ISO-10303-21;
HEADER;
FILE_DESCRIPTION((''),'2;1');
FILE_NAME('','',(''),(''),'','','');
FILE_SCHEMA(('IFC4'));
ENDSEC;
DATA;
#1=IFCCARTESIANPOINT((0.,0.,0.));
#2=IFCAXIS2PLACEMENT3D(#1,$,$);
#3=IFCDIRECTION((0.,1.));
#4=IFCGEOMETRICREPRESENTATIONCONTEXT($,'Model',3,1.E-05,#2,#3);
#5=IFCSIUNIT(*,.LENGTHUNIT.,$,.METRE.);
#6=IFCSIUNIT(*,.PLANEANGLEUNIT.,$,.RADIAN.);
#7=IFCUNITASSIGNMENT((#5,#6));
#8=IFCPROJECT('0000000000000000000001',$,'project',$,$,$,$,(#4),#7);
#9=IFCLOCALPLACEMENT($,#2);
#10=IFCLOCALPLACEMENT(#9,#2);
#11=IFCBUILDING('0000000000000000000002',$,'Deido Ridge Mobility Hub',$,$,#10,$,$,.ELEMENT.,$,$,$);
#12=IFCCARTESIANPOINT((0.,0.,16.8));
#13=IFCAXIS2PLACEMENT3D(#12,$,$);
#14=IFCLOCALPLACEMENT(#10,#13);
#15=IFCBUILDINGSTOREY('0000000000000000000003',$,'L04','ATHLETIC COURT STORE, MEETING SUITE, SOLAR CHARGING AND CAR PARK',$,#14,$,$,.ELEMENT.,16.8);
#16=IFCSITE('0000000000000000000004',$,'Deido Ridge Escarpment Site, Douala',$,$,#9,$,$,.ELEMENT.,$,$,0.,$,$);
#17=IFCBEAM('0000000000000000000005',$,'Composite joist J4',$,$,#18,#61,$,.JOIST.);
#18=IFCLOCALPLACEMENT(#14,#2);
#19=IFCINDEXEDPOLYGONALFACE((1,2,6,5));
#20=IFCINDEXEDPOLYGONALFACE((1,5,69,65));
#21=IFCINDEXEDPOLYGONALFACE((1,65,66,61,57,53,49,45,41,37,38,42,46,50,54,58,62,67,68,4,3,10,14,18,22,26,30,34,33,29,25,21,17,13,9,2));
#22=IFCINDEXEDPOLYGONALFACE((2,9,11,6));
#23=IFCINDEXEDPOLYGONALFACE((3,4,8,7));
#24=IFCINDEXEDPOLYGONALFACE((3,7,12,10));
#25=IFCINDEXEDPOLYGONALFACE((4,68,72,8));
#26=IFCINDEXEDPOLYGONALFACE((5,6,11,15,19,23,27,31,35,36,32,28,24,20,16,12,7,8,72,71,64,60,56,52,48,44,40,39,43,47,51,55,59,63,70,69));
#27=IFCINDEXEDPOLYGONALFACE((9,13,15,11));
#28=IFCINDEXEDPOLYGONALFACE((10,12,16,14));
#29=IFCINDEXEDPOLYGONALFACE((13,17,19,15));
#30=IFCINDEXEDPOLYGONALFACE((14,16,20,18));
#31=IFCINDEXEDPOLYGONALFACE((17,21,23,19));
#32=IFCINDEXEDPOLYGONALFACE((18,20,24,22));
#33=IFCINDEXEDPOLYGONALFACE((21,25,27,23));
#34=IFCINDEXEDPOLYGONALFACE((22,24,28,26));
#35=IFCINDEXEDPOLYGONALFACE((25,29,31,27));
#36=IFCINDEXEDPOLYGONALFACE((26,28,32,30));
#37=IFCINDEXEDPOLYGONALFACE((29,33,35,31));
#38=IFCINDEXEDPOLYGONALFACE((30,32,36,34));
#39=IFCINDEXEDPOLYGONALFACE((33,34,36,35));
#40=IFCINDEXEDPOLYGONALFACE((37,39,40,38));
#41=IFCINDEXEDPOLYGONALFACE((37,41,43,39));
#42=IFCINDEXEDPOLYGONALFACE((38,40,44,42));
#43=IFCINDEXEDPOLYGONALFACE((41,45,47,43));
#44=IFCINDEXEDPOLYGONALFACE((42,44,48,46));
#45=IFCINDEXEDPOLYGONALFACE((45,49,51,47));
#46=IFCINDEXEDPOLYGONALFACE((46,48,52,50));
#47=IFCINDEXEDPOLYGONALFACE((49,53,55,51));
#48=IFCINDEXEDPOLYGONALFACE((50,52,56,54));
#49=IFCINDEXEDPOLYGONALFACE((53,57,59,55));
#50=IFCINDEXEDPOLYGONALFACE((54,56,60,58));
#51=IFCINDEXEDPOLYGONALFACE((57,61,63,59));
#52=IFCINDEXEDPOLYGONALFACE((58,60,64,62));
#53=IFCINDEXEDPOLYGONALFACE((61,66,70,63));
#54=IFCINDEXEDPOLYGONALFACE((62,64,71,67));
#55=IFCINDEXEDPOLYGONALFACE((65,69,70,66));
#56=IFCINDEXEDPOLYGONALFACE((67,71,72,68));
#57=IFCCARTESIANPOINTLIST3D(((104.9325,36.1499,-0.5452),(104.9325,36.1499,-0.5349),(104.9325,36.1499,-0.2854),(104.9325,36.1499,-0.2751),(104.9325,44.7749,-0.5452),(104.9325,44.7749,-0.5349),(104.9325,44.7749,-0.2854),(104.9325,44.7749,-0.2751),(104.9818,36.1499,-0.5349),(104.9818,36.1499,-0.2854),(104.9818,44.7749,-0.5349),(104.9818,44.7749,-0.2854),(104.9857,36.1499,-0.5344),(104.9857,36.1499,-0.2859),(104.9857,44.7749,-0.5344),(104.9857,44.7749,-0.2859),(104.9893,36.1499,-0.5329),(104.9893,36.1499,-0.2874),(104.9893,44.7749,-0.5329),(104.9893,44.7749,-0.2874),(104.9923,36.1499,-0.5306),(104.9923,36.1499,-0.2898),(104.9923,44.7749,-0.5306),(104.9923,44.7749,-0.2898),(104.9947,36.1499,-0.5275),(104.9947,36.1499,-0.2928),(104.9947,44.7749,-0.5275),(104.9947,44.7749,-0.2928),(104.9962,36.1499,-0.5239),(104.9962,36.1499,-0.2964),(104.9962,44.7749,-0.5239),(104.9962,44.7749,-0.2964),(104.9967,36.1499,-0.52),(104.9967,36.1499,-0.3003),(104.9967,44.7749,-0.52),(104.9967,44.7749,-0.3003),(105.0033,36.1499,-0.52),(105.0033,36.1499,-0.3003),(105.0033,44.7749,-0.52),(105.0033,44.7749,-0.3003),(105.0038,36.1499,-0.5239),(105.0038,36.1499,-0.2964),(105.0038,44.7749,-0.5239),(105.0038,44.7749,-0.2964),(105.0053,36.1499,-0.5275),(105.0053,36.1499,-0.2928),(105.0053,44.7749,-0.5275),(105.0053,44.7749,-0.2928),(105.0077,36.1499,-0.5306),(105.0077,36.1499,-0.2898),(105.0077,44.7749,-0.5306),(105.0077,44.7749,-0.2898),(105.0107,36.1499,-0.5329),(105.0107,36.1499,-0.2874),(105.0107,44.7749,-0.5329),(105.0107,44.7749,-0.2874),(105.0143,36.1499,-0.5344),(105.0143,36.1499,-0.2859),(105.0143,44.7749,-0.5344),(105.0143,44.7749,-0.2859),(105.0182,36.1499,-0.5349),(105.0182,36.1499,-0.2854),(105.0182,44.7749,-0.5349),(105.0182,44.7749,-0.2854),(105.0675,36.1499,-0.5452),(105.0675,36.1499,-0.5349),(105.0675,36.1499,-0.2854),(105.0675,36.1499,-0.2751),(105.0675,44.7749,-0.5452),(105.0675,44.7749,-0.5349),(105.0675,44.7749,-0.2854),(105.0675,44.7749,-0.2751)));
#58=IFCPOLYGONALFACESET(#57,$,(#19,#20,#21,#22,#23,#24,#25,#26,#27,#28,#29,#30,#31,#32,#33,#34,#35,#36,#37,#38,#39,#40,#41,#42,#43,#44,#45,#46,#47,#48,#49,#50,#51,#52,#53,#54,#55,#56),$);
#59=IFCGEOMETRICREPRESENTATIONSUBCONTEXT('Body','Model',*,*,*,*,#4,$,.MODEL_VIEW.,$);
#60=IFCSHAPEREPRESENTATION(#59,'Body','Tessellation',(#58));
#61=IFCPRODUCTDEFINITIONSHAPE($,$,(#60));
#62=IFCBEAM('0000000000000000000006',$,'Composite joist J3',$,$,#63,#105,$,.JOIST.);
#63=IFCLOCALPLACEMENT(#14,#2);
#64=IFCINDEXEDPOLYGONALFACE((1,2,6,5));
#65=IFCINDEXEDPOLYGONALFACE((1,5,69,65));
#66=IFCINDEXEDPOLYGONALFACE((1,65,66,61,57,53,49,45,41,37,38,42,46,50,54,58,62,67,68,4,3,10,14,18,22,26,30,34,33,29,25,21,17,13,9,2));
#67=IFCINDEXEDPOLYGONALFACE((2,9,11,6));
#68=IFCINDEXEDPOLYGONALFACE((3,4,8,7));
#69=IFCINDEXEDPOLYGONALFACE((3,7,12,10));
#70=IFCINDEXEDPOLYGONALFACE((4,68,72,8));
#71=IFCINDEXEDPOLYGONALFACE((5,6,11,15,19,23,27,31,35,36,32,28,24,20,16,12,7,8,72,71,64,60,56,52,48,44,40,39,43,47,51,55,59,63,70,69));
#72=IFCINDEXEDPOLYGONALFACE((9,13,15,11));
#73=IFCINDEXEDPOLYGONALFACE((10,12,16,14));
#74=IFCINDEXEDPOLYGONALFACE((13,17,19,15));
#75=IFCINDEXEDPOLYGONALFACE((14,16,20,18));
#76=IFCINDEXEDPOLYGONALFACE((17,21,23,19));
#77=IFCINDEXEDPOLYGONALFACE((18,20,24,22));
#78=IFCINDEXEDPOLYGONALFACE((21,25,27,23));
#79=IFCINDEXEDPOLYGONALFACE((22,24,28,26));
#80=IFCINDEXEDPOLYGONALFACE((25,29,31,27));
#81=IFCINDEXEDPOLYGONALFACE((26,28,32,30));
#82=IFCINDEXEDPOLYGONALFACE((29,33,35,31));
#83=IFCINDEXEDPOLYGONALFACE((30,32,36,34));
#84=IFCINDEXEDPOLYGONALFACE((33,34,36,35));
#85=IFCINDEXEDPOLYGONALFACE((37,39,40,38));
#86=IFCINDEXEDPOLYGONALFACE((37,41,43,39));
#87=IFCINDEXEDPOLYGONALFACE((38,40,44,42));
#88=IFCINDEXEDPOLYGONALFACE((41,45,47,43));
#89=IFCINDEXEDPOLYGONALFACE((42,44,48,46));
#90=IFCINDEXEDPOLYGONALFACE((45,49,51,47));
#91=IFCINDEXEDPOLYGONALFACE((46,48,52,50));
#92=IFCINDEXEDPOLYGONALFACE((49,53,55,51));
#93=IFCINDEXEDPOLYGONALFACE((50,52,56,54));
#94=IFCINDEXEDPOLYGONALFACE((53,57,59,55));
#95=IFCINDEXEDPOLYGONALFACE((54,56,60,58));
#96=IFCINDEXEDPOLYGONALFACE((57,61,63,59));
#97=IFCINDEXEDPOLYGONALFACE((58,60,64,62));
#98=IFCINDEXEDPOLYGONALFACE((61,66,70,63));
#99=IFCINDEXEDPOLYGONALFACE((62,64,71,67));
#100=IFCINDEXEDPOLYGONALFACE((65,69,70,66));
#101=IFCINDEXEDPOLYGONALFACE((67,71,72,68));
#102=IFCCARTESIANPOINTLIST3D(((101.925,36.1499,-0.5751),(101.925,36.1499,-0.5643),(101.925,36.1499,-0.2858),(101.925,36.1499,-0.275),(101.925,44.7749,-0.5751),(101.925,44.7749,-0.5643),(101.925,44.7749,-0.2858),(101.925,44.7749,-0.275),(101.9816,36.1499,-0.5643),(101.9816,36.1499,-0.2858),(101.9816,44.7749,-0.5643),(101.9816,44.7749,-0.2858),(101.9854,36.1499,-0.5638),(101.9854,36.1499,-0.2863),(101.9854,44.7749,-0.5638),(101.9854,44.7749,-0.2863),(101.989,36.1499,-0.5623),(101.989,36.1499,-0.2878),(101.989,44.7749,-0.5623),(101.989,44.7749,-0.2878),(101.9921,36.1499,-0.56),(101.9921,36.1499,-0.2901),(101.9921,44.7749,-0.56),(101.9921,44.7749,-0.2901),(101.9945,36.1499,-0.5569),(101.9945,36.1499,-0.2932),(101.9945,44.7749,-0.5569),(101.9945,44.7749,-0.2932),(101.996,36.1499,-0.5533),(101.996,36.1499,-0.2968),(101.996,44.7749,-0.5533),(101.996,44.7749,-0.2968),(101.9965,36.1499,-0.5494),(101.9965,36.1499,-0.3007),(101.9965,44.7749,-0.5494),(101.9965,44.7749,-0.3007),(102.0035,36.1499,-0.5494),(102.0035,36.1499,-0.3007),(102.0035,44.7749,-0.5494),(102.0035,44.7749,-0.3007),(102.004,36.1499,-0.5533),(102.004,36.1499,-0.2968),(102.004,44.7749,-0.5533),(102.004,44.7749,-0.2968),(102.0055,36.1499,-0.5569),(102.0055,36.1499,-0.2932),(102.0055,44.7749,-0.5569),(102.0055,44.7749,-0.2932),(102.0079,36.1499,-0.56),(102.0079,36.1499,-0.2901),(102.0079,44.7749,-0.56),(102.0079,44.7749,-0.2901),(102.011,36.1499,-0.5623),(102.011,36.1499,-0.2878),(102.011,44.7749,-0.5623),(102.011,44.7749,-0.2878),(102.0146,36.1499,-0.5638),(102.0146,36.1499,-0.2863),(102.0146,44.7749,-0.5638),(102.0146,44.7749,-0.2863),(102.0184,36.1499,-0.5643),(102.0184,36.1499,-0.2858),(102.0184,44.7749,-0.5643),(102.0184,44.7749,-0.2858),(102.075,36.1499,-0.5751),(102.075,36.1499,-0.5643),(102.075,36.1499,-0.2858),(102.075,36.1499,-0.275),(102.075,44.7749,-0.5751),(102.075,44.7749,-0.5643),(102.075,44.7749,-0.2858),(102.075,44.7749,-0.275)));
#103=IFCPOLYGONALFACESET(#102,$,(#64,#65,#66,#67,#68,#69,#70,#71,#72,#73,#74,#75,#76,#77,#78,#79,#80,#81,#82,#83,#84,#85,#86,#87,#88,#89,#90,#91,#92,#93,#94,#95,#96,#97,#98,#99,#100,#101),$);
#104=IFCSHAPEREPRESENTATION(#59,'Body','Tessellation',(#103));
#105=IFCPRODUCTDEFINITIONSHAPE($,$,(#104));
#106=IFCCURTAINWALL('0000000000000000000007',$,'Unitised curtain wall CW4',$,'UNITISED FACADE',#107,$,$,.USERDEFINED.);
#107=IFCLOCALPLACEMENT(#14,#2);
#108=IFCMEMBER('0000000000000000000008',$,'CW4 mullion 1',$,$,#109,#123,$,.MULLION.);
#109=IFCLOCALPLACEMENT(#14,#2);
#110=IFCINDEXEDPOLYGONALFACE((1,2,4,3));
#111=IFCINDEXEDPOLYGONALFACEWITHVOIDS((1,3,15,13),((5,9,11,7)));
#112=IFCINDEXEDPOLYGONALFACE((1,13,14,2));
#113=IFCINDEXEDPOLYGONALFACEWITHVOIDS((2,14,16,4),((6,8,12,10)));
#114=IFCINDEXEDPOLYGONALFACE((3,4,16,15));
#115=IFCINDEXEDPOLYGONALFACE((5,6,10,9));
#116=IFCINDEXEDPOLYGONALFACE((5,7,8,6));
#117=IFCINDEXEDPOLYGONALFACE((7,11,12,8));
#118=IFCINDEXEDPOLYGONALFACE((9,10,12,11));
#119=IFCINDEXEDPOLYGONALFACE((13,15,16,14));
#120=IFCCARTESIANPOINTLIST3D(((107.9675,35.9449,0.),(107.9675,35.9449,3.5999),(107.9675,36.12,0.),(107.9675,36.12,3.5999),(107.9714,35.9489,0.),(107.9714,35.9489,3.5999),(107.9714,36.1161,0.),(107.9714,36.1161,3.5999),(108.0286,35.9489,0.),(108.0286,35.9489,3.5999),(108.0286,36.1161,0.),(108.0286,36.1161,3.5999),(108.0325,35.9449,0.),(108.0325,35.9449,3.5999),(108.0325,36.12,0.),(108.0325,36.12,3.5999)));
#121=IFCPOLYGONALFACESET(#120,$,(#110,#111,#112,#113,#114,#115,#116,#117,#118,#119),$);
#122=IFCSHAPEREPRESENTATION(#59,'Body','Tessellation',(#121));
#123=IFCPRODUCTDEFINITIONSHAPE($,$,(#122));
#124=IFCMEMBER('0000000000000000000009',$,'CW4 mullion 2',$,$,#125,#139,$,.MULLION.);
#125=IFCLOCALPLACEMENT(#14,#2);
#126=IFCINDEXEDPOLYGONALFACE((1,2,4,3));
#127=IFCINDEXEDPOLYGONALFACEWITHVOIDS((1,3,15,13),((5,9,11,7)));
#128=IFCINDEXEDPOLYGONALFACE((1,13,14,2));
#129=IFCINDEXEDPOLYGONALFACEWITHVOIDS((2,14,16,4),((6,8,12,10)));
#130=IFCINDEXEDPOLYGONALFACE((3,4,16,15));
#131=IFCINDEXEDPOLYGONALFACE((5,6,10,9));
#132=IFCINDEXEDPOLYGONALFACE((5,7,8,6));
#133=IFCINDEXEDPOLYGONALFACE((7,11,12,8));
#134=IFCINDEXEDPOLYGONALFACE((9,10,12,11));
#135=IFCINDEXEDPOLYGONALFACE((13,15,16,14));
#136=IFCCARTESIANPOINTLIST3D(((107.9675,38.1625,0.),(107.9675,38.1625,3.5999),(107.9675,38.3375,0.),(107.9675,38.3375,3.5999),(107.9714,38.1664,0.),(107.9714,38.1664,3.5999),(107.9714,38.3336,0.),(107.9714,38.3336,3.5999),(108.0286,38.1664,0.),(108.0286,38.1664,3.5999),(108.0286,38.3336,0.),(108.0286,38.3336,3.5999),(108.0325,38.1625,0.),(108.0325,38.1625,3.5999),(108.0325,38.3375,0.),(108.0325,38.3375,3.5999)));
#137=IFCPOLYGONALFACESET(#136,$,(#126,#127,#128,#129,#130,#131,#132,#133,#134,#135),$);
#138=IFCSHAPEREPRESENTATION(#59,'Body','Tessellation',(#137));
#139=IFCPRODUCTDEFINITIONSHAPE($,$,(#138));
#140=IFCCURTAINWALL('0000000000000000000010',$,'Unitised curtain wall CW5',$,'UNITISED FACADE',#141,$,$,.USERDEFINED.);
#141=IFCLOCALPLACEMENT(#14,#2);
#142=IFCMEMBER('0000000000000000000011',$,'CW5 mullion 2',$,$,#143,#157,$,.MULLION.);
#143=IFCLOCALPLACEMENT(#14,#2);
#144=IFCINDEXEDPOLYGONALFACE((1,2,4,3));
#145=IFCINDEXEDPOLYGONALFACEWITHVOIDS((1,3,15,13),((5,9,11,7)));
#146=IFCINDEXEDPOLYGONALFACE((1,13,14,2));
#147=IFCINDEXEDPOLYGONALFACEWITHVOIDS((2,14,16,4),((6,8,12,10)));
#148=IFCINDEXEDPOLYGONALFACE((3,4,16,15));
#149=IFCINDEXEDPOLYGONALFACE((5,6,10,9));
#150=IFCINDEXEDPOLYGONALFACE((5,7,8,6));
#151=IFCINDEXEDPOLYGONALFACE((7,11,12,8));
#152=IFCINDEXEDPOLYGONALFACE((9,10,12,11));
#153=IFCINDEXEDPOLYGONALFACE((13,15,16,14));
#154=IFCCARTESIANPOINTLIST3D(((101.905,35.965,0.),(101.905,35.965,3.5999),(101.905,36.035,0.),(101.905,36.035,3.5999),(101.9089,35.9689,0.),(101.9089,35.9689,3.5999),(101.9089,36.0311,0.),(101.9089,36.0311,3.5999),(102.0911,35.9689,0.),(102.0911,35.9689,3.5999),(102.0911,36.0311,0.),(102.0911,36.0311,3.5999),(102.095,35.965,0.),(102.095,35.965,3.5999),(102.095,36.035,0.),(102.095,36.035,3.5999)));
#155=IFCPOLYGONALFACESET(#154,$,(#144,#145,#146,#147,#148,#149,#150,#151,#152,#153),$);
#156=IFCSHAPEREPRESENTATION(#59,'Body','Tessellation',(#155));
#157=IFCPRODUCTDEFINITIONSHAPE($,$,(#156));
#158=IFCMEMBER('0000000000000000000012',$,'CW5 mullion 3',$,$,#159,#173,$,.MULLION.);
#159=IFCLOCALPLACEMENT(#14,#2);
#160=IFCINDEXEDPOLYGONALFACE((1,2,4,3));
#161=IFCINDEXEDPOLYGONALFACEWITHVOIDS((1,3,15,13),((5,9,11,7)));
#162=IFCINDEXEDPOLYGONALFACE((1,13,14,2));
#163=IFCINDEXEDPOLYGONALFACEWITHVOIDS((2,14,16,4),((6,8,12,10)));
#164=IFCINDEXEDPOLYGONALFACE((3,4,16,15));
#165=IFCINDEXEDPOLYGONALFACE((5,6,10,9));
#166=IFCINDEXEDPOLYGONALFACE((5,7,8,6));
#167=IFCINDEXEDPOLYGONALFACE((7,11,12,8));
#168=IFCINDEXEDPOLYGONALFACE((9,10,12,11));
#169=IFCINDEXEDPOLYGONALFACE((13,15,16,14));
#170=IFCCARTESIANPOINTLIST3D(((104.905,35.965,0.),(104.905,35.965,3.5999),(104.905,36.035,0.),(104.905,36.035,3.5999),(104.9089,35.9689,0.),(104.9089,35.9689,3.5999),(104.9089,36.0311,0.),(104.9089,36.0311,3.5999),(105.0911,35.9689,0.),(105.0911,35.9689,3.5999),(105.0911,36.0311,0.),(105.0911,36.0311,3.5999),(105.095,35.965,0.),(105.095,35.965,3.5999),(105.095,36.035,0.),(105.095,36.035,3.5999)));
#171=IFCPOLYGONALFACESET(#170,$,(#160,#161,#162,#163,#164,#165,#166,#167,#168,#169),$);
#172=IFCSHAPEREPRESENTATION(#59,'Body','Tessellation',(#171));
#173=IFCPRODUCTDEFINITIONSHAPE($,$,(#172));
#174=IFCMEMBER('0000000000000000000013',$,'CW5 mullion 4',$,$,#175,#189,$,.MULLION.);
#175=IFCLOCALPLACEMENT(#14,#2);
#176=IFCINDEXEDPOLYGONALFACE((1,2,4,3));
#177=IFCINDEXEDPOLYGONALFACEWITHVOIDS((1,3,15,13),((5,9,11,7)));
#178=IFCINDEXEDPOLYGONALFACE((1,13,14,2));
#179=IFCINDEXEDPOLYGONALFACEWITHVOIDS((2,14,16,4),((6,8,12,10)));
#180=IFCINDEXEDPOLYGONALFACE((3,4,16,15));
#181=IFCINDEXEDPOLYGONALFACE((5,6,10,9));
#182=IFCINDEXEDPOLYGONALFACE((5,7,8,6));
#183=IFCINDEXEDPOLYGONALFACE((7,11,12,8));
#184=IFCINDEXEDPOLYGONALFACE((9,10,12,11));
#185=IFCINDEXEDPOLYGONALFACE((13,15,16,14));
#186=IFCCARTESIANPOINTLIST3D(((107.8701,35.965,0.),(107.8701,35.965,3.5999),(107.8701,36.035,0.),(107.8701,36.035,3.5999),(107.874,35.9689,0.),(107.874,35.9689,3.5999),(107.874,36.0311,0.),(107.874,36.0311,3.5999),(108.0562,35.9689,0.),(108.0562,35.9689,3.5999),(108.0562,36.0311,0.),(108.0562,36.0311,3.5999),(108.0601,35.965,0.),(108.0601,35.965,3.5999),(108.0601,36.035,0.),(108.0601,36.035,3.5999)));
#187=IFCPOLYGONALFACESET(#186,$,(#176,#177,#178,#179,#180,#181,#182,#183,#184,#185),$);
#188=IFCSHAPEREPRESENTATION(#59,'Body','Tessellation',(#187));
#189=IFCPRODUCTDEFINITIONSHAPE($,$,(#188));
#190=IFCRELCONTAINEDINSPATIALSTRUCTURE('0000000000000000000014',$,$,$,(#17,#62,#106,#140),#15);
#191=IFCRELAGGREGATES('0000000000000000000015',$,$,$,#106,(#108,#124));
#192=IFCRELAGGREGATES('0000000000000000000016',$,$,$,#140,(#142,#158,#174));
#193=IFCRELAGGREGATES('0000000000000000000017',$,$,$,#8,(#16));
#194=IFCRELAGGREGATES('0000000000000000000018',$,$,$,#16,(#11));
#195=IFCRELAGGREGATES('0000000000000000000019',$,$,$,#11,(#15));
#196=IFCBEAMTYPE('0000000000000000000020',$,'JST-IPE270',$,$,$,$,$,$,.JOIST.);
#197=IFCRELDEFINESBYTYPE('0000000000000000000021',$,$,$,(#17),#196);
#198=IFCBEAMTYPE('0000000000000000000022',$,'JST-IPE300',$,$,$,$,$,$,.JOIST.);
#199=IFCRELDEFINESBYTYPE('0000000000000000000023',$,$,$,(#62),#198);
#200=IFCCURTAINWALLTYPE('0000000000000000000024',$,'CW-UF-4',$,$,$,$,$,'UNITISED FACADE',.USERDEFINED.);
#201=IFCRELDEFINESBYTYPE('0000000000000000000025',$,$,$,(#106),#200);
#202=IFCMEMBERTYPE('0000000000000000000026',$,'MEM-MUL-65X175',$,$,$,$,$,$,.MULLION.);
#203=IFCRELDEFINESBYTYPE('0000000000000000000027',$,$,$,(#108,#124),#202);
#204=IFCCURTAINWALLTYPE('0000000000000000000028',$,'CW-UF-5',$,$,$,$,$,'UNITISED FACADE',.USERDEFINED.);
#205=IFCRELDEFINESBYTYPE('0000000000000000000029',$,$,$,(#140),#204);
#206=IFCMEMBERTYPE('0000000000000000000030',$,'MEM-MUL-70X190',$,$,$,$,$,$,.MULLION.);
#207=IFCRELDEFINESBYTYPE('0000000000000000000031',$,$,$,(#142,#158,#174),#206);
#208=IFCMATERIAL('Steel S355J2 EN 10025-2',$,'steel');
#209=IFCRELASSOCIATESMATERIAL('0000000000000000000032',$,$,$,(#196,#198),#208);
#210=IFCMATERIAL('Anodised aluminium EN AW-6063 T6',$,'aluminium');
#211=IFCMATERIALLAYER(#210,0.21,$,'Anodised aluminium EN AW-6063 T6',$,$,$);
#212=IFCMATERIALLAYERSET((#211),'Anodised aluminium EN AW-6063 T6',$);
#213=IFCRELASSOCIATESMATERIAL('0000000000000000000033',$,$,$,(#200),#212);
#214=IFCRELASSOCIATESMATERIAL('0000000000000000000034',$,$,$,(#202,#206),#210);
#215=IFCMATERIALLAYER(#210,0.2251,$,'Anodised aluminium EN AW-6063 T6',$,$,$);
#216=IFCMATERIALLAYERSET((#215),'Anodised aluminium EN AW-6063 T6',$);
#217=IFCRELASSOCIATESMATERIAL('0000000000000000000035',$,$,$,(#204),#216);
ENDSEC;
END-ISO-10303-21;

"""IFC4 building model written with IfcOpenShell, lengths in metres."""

from ifc_helpers import new_model, si_unit, direction, frame, origin, origin_2d, place, context, subcontext, project, spatial, hollow_rectangle, i_section, extrude, material, layer, layer_set, material_profile, profile_set, type_object, element, aggregate, save


model = new_model("IFC4")

# Units and contexts
model_context = context("Model", 3, precision=1e-05, world=origin(), true_north=direction((0.0, 1.0)))
body_context = subcontext(model_context, "Body", "Model", "MODEL_VIEW")
ifc_project = project(units=[si_unit("LENGTHUNIT", "METRE"), si_unit("PLANEANGLEUNIT", "RADIAN")], contexts=[model_context])

# Site, building, storey
site_placement = place(None, origin())
site = spatial("IfcSite", under=ifc_project, at=site_placement, Name="Deido Ridge Escarpment Site, Douala", CompositionType="ELEMENT", RefElevation=0.0)
building_placement = place(site_placement, origin())
building = spatial("IfcBuilding", under=site, at=building_placement, Name="Deido Ridge Mobility Hub", CompositionType="ELEMENT")
storey_placement = place(building_placement, frame((0.0, 0.0, 16.8)))
storey = spatial("IfcBuildingStorey", under=building, at=storey_placement, Name="L04", Description="ATHLETIC COURT STORE, MEETING SUITE, SOLAR CHARGING AND CAR PARK", CompositionType="ELEMENT", Elevation=16.8)

# Beams
ifc_material_1 = material(Name="Steel S355J2 EN 10025-2", Category="steel")
ifc_material_profile_1 = material_profile(ifc_material_1, i_section(OverallWidth=0.135, OverallDepth=0.27, WebThickness=0.0066, FlangeThickness=0.0103, FilletRadius=0.0149, at=origin_2d()), Name="IPE 270")
ifc_profile_set_1 = profile_set([ifc_material_profile_1], Name="Steel S355J2 EN 10025-2")
beam_type_1 = type_object("IfcBeamType", Name="JST-IPE270", PredefinedType="JOIST", material=ifc_profile_set_1)
beam_1_placement = place(storey_placement, frame((105.0, 36.1499, -0.4102), z_axis=(0.0, 1.0, 0.0), x_axis=(-1.0, 0.0, 0.0)))
element("IfcBeam", 1, at=beam_1_placement, inside=storey, type_object=beam_type_1, Name="Composite joist J4", PredefinedType="JOIST", context=body_context, shape_type="SweptSolid", body=[
    extrude(i_section(OverallWidth=0.135, OverallDepth=0.27, WebThickness=0.0066, FlangeThickness=0.0103, FilletRadius=0.0149, at=origin_2d()), origin(), (0.0, 0.0, 1.0), 8.625),
])
ifc_material_profile_2 = material_profile(ifc_material_1, i_section(OverallWidth=0.1499, OverallDepth=0.3, WebThickness=0.0071, FlangeThickness=0.0107, FilletRadius=0.0149, at=origin_2d()), Name="IPE 300")
ifc_profile_set_2 = profile_set([ifc_material_profile_2], Name="Steel S355J2 EN 10025-2")
beam_type_2 = type_object("IfcBeamType", Name="JST-IPE300", PredefinedType="JOIST", material=ifc_profile_set_2)
beam_2_placement = place(storey_placement, frame((102.0, 36.1499, -0.425), z_axis=(0.0, 1.0, 0.0), x_axis=(-1.0, 0.0, 0.0)))
element("IfcBeam", 2, at=beam_2_placement, inside=storey, type_object=beam_type_2, Name="Composite joist J3", PredefinedType="JOIST", context=body_context, shape_type="SweptSolid", body=[
    extrude(i_section(OverallWidth=0.1499, OverallDepth=0.3, WebThickness=0.0071, FlangeThickness=0.0107, FilletRadius=0.0149, at=origin_2d()), origin(), (0.0, 0.0, 1.0), 8.625),
])

# Curtain walls, members
ifc_material_2 = material(Name="Anodised aluminium EN AW-6063 T6", Category="aluminium")
ifc_layer_1 = layer(ifc_material_2, 0.21, Name="Anodised aluminium EN AW-6063 T6")
ifc_layer_set_1 = layer_set([ifc_layer_1], Name="Anodised aluminium EN AW-6063 T6")
curtain_wall_type_1 = type_object("IfcCurtainWallType", Name="CW-UF-4", ElementType="UNITISED FACADE", PredefinedType="USERDEFINED", material=ifc_layer_set_1)
curtain_wall_1_placement = place(storey_placement, origin())
curtain_wall_1 = element("IfcCurtainWall", 3, at=curtain_wall_1_placement, inside=storey, type_object=curtain_wall_type_1, Name="Unitised curtain wall CW4", ObjectType="UNITISED FACADE", PredefinedType="USERDEFINED")
ifc_material_profile_3 = material_profile(ifc_material_2, hollow_rectangle(XDim=0.0649, YDim=0.175, WallThickness=0.0039, at=origin_2d()), Name="RHS 65x175x4")
ifc_profile_set_3 = profile_set([ifc_material_profile_3], Name="Anodised aluminium EN AW-6063 T6")
member_type_1 = type_object("IfcMemberType", Name="MEM-MUL-65X175", PredefinedType="MULLION", material=ifc_profile_set_3)
member_1_placement = place(storey_placement, frame((108.0, 36.0325, 0.0), z_axis=(0.0, 0.0, 1.0), x_axis=(-1.0, 0.0, 0.0)))
member_1 = element("IfcMember", 4, at=member_1_placement, type_object=member_type_1, Name="CW4 mullion 1", PredefinedType="MULLION", context=body_context, shape_type="SweptSolid", body=[
    extrude(hollow_rectangle(XDim=0.0649, YDim=0.175, WallThickness=0.0039, at=origin_2d()), origin(), (0.0, 0.0, 1.0), 3.5999),
])
member_2_placement = place(storey_placement, frame((108.0, 38.25, 0.0), z_axis=(0.0, 0.0, 1.0), x_axis=(-1.0, 0.0, 0.0)))
member_2 = element("IfcMember", 5, at=member_2_placement, type_object=member_type_1, Name="CW4 mullion 2", PredefinedType="MULLION", context=body_context, shape_type="SweptSolid", body=[
    extrude(hollow_rectangle(XDim=0.0649, YDim=0.175, WallThickness=0.0039, at=origin_2d()), origin(), (0.0, 0.0, 1.0), 3.5999),
])
ifc_layer_2 = layer(ifc_material_2, 0.2251, Name="Anodised aluminium EN AW-6063 T6")
ifc_layer_set_2 = layer_set([ifc_layer_2], Name="Anodised aluminium EN AW-6063 T6")
curtain_wall_type_2 = type_object("IfcCurtainWallType", Name="CW-UF-5", ElementType="UNITISED FACADE", PredefinedType="USERDEFINED", material=ifc_layer_set_2)
curtain_wall_2_placement = place(storey_placement, origin())
curtain_wall_2 = element("IfcCurtainWall", 6, at=curtain_wall_2_placement, inside=storey, type_object=curtain_wall_type_2, Name="Unitised curtain wall CW5", ObjectType="UNITISED FACADE", PredefinedType="USERDEFINED")
ifc_material_profile_4 = material_profile(ifc_material_2, hollow_rectangle(XDim=0.0701, YDim=0.1899, WallThickness=0.0039, at=origin_2d()), Name="RHS 70x190x4")
ifc_profile_set_4 = profile_set([ifc_material_profile_4], Name="Anodised aluminium EN AW-6063 T6")
member_type_2 = type_object("IfcMemberType", Name="MEM-MUL-70X190", PredefinedType="MULLION", material=ifc_profile_set_4)
member_3_placement = place(storey_placement, frame((102.0, 36.0, 0.0), z_axis=(0.0, 0.0, 1.0), x_axis=(0.0, 1.0, 0.0)))
member_3 = element("IfcMember", 7, at=member_3_placement, type_object=member_type_2, Name="CW5 mullion 2", PredefinedType="MULLION", context=body_context, shape_type="SweptSolid", body=[
    extrude(hollow_rectangle(XDim=0.0701, YDim=0.1899, WallThickness=0.0039, at=origin_2d()), origin(), (0.0, 0.0, 1.0), 3.5999),
])
member_4_placement = place(storey_placement, frame((105.0, 36.0, 0.0), z_axis=(0.0, 0.0, 1.0), x_axis=(0.0, 1.0, 0.0)))
member_4 = element("IfcMember", 8, at=member_4_placement, type_object=member_type_2, Name="CW5 mullion 3", PredefinedType="MULLION", context=body_context, shape_type="SweptSolid", body=[
    extrude(hollow_rectangle(XDim=0.0701, YDim=0.1899, WallThickness=0.0039, at=origin_2d()), origin(), (0.0, 0.0, 1.0), 3.5999),
])
member_5_placement = place(storey_placement, frame((107.9651, 36.0, 0.0), z_axis=(0.0, 0.0, 1.0), x_axis=(0.0, 1.0, 0.0)))
member_5 = element("IfcMember", 9, at=member_5_placement, type_object=member_type_2, Name="CW5 mullion 4", PredefinedType="MULLION", context=body_context, shape_type="SweptSolid", body=[
    extrude(hollow_rectangle(XDim=0.0701, YDim=0.1899, WallThickness=0.0039, at=origin_2d()), origin(), (0.0, 0.0, 1.0), 3.5999),
])

aggregate(curtain_wall_1, [member_1, member_2])
aggregate(curtain_wall_2, [member_3, member_4, member_5])

save(model, "model.ifc")
